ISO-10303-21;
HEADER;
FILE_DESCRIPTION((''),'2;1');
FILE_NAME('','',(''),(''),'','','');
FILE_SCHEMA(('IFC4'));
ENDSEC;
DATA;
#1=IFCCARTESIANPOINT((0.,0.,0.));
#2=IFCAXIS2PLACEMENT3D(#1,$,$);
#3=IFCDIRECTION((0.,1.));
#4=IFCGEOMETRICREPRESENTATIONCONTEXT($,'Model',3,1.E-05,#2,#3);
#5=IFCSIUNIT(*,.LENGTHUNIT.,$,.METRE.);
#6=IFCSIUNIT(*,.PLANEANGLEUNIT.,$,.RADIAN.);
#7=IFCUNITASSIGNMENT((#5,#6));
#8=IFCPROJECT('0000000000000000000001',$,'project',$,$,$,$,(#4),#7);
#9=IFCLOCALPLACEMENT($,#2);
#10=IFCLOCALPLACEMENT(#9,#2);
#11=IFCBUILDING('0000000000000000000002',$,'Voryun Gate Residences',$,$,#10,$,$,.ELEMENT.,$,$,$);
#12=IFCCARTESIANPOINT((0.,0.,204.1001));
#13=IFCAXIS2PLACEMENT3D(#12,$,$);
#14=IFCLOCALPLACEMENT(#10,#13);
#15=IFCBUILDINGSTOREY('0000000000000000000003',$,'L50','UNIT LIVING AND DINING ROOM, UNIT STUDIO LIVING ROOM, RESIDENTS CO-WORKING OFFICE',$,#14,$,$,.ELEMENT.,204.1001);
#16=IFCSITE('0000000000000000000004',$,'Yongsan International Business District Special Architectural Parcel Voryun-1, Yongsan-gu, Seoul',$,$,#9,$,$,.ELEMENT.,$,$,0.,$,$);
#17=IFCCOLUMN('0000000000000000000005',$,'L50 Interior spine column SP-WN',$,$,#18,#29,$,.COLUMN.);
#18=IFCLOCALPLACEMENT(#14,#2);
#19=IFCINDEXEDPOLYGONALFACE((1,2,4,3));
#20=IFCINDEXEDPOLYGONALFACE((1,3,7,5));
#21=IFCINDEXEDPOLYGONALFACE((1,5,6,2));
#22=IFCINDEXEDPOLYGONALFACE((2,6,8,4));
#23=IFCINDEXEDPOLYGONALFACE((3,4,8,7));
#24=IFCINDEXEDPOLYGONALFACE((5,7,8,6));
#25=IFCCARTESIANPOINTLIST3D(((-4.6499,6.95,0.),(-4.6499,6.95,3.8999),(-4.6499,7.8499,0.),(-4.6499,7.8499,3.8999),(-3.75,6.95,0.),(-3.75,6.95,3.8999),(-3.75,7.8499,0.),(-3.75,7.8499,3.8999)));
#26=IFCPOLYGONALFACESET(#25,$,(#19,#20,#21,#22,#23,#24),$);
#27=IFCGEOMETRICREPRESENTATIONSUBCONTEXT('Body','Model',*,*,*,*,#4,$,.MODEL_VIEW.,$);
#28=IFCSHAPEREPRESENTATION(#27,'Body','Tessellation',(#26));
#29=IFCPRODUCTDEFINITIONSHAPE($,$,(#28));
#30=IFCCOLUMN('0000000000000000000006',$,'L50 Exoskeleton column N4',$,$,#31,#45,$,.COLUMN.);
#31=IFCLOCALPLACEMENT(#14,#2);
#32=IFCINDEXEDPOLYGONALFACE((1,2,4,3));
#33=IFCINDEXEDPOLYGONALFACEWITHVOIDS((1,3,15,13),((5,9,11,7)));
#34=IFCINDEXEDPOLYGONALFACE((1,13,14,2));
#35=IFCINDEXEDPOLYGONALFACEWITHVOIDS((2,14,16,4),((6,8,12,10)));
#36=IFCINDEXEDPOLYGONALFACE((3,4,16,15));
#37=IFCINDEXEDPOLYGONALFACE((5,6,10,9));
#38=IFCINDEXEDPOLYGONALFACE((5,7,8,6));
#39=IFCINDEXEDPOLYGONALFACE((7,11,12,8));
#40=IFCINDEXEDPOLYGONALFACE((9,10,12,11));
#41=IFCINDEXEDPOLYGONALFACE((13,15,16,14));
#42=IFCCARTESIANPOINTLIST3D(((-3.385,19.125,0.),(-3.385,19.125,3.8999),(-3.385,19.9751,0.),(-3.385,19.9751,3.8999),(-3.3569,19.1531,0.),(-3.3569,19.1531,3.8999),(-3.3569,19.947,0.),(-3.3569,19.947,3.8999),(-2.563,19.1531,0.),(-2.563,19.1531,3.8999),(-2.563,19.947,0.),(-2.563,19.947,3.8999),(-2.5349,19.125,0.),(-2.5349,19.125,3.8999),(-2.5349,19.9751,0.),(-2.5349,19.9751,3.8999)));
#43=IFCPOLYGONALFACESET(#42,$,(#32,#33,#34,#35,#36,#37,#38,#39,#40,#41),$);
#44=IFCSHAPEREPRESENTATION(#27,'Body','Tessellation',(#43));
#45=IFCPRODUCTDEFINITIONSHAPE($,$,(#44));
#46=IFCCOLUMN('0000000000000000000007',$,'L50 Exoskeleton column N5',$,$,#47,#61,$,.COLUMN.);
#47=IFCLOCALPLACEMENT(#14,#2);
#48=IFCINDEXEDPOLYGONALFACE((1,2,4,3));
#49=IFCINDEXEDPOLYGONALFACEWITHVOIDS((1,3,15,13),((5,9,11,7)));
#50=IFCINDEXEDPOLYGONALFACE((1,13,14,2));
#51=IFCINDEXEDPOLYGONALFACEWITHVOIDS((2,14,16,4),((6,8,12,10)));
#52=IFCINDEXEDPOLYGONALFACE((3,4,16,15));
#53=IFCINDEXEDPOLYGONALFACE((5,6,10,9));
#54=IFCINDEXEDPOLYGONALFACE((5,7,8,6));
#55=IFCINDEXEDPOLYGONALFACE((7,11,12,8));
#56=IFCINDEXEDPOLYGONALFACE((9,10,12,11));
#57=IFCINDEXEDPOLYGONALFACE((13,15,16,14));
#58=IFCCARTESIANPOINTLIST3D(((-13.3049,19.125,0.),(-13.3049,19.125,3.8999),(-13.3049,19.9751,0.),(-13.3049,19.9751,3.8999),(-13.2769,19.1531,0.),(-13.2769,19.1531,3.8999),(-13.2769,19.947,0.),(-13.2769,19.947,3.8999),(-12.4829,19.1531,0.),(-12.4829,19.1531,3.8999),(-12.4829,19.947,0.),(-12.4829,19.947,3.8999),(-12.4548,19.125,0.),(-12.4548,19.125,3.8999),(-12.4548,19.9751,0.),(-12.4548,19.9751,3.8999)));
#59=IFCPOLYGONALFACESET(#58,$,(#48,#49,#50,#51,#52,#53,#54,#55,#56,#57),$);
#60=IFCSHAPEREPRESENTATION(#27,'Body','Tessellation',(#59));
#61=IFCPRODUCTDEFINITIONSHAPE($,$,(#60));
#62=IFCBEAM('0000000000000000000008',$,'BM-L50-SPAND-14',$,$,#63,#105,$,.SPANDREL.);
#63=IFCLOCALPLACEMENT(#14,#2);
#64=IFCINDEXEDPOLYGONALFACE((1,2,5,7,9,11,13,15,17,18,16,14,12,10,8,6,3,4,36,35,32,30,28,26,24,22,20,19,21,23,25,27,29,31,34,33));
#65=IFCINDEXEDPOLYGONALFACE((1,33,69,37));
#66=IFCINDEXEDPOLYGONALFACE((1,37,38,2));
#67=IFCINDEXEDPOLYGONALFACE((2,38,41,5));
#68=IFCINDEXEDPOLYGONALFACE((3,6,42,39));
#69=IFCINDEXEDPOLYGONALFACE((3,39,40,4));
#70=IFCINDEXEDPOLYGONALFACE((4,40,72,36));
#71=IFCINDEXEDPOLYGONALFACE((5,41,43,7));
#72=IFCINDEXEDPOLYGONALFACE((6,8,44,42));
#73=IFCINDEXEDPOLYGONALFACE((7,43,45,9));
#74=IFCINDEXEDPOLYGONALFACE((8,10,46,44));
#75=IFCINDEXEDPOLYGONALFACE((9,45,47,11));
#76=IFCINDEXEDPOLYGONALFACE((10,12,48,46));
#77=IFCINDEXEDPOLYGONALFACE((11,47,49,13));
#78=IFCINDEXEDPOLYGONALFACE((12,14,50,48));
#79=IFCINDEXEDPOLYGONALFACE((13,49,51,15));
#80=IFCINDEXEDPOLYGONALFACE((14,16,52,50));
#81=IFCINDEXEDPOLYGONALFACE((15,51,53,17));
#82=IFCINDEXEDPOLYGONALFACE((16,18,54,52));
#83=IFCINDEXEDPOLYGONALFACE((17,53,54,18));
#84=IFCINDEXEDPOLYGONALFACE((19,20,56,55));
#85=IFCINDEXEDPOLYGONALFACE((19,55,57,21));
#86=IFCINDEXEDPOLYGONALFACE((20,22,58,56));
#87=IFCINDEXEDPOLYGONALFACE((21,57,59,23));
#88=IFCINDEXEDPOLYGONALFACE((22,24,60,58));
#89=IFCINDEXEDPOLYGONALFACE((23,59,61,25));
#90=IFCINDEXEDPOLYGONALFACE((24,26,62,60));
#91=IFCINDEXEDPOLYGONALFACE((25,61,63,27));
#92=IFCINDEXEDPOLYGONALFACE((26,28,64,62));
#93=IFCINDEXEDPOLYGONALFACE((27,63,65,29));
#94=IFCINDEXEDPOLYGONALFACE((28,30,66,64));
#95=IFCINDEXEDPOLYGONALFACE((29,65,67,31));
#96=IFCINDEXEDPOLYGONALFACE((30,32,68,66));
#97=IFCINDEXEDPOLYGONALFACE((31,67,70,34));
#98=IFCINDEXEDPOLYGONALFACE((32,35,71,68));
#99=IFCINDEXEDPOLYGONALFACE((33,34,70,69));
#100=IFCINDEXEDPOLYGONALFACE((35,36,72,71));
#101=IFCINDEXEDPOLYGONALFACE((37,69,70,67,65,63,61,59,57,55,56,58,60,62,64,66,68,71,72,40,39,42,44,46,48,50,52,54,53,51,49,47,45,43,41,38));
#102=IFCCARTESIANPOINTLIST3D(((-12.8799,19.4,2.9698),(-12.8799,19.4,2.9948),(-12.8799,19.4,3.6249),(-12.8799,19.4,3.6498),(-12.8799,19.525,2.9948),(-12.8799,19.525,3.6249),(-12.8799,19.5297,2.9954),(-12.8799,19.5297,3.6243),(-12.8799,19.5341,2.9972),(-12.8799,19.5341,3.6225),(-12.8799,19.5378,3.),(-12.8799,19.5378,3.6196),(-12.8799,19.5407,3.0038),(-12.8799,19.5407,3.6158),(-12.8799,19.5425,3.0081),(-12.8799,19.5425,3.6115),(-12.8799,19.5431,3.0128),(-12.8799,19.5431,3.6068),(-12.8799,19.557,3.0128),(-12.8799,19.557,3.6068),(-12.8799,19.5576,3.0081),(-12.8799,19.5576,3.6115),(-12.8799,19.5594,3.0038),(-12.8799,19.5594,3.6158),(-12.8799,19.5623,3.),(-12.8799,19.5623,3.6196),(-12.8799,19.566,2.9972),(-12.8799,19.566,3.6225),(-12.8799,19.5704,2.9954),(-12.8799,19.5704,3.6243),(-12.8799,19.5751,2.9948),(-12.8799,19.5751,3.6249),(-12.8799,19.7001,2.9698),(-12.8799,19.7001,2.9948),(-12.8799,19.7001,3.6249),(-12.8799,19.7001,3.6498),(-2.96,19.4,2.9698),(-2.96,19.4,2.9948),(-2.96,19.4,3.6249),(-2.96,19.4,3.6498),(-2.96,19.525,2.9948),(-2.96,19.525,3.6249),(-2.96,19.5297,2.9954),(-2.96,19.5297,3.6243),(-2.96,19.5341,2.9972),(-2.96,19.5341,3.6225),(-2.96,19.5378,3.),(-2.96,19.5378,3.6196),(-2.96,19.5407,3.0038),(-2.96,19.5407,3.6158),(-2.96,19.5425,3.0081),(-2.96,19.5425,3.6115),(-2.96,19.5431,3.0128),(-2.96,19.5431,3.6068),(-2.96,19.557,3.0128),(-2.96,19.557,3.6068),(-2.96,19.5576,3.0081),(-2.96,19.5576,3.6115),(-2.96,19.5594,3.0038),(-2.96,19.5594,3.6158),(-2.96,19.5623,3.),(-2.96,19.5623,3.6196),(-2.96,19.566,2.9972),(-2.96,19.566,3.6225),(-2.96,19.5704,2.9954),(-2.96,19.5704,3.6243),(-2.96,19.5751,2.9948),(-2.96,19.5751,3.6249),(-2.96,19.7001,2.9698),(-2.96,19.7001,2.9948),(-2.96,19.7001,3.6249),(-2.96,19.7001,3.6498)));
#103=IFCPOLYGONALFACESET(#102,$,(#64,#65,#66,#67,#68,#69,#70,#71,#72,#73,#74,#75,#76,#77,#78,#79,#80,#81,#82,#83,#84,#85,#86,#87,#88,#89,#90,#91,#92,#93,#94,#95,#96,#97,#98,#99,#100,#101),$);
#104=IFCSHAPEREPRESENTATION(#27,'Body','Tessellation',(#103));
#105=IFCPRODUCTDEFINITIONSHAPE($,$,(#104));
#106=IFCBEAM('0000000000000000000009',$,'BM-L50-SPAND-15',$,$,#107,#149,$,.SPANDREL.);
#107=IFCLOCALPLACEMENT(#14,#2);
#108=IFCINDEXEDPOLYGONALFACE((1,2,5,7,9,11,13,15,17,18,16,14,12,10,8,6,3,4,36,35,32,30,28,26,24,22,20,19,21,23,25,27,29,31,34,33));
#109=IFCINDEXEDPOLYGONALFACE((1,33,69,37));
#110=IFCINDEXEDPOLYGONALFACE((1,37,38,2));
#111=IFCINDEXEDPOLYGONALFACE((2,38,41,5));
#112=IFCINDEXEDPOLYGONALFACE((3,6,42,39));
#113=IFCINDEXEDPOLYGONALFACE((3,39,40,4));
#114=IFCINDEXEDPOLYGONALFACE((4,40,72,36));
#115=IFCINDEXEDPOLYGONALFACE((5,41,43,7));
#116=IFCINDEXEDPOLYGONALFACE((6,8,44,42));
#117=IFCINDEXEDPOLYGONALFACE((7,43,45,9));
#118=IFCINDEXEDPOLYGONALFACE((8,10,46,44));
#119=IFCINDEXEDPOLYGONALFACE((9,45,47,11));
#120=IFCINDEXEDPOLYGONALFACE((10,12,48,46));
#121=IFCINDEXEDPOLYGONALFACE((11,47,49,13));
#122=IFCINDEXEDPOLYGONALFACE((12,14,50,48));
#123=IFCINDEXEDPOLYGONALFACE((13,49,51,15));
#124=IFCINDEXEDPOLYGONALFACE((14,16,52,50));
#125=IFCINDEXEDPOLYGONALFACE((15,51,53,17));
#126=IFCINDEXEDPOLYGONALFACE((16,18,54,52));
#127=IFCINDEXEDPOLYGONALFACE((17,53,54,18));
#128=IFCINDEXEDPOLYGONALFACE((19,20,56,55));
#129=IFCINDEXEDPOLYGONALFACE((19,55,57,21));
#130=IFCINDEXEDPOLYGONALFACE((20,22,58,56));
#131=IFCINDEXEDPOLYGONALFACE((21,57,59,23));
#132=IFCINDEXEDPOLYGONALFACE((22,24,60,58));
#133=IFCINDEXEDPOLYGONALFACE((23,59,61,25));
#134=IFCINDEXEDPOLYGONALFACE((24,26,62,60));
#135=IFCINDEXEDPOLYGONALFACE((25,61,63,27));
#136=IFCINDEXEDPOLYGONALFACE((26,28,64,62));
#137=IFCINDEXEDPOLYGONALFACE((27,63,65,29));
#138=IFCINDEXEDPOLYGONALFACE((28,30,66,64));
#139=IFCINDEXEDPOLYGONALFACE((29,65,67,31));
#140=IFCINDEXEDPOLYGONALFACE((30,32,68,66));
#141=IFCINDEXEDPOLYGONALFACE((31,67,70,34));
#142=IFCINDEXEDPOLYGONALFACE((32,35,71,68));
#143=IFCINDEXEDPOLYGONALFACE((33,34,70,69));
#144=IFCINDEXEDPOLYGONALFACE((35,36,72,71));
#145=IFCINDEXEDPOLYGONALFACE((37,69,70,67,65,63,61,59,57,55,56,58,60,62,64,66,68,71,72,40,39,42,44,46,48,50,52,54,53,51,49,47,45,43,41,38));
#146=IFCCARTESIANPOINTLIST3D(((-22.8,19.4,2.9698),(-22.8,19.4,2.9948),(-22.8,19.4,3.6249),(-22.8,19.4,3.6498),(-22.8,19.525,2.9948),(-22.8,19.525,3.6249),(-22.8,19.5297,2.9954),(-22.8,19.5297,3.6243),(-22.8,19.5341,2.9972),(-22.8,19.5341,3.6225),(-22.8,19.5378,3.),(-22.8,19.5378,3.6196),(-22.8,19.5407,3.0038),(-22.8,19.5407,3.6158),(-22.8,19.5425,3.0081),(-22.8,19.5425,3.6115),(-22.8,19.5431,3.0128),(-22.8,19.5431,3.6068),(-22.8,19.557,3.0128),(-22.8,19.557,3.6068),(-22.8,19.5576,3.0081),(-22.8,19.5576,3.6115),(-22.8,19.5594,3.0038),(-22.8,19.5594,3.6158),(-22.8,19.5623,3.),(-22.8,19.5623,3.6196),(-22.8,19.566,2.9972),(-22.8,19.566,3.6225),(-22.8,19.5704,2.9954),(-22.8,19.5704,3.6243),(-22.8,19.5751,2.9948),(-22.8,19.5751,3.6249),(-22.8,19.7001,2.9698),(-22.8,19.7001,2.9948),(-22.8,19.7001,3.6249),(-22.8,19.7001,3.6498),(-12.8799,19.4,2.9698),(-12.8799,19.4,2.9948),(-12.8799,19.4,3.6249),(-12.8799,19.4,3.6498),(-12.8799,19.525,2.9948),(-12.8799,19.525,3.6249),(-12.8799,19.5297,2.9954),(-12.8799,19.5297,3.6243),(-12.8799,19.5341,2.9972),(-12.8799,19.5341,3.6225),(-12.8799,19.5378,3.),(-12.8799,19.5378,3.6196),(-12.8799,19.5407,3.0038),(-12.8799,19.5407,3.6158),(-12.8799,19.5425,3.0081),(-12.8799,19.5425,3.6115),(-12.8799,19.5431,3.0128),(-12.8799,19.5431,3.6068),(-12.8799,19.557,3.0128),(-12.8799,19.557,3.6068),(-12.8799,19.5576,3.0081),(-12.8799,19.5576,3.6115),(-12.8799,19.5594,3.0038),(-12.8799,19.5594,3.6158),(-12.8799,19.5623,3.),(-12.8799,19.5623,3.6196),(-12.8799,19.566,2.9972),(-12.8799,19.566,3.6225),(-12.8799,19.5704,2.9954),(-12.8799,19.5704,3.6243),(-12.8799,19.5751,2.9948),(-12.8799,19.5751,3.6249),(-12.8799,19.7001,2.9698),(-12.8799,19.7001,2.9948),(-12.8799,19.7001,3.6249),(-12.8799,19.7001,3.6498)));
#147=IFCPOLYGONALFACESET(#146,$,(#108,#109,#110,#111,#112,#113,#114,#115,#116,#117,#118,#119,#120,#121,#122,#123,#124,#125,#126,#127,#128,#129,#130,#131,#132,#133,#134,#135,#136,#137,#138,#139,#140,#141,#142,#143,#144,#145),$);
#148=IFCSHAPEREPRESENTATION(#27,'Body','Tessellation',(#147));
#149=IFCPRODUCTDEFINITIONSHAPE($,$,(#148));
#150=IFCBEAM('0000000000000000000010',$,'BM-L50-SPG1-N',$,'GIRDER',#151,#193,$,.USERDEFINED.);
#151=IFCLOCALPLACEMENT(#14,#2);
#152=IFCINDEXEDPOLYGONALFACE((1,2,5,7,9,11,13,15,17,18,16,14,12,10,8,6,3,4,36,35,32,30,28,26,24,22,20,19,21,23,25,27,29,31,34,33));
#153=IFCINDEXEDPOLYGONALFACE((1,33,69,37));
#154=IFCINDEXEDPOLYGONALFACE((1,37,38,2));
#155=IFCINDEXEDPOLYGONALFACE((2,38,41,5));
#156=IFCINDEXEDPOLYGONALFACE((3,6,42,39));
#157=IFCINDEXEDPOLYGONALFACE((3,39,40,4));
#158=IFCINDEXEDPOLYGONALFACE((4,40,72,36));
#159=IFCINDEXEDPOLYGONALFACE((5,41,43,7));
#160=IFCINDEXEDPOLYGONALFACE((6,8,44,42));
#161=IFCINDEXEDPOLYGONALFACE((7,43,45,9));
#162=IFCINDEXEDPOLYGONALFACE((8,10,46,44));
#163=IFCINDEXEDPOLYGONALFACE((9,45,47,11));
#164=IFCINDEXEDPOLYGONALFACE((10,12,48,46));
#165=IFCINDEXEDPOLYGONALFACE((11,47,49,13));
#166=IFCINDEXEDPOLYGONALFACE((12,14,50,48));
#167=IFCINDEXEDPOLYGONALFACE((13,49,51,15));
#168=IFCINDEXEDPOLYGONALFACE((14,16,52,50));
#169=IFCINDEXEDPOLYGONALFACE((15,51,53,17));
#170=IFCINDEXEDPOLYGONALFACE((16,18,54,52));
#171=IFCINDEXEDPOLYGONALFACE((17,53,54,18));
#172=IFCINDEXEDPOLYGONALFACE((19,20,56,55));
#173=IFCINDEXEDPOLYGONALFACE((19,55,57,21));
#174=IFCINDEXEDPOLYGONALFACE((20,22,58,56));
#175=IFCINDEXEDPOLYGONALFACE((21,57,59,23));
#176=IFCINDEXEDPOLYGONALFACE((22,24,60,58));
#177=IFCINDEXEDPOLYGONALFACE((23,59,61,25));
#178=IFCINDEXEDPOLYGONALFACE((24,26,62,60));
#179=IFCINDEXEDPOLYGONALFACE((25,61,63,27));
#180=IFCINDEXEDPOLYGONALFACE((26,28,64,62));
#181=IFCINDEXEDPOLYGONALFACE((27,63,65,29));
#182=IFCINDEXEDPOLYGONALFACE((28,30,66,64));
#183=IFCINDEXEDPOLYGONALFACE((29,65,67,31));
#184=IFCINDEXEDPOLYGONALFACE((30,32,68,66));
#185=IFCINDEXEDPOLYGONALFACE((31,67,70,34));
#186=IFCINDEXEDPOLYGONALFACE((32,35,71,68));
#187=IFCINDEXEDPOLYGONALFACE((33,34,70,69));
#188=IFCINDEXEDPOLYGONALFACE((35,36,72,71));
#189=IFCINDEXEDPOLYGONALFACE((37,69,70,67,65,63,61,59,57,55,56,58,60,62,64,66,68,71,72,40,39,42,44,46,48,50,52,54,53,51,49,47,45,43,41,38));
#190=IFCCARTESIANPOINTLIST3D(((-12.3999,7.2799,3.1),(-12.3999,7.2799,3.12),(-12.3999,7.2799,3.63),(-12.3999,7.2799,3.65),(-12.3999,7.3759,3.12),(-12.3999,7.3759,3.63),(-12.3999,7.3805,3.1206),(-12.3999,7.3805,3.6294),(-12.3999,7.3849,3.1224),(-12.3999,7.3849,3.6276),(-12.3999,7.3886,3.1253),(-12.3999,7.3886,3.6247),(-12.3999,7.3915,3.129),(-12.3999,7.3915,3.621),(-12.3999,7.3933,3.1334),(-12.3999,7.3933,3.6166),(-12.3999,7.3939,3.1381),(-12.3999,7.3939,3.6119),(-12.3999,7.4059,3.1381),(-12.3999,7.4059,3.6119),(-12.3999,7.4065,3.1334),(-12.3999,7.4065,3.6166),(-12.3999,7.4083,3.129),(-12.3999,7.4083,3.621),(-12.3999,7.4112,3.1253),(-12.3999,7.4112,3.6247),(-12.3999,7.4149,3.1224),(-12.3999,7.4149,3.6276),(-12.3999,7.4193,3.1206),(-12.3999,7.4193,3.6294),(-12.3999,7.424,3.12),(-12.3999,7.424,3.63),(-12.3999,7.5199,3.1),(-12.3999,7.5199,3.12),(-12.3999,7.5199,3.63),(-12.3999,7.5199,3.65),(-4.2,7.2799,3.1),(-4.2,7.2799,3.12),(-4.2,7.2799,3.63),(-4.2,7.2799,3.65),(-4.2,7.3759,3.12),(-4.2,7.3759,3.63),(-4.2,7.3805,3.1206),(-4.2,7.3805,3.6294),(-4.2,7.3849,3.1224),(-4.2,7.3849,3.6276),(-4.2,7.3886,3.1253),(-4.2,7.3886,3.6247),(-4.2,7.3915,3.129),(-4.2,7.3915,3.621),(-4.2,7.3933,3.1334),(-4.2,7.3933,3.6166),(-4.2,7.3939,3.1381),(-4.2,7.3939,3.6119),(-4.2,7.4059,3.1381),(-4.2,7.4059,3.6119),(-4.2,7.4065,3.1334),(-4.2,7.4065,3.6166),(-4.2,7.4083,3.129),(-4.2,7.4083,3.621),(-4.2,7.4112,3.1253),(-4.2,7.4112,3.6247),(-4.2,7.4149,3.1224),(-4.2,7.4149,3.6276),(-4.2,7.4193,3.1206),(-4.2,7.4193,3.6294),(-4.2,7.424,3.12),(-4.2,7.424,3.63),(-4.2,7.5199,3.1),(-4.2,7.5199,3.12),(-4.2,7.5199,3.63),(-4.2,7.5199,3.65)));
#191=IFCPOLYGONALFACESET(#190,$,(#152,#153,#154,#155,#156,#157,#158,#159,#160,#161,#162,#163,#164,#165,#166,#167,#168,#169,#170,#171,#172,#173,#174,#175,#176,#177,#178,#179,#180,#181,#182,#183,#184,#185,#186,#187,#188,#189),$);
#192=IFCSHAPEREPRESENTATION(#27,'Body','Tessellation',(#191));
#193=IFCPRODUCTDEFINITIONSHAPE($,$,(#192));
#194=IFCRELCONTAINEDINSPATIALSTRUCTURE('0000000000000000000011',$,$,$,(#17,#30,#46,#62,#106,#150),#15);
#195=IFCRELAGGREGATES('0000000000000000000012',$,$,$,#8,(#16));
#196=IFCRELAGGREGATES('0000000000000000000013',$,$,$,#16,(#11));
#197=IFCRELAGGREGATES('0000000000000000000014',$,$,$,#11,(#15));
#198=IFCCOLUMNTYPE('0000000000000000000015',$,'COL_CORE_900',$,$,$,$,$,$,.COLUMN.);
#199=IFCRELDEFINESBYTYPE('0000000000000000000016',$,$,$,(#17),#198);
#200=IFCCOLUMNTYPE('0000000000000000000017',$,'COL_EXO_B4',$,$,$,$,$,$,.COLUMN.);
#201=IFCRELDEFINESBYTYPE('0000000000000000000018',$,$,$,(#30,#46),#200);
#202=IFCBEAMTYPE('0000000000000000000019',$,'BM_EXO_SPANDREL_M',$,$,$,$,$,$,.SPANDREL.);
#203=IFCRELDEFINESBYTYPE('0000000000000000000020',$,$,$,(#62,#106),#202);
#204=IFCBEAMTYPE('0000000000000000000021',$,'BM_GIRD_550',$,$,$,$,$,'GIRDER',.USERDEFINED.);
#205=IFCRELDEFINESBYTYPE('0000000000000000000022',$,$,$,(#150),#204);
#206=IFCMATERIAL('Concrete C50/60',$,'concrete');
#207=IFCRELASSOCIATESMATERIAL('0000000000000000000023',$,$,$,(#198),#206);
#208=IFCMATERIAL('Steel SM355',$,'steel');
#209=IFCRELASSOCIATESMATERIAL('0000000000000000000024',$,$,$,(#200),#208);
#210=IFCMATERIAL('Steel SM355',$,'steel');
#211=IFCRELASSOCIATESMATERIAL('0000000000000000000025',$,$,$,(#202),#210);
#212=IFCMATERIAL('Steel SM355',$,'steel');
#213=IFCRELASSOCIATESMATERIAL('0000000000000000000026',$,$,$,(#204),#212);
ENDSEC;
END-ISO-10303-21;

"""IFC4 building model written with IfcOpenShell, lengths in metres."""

from ifc_helpers import new_model, si_unit, direction, frame, origin, origin_2d, place, context, subcontext, project, spatial, rectangle, hollow_rectangle, i_section, extrude, material, material_profile, profile_set, type_object, element, save


model = new_model("IFC4")

# Units and contexts
model_context = context("Model", 3, precision=1e-05, world=origin(), true_north=direction((0.0, 1.0)))
body_context = subcontext(model_context, "Body", "Model", "MODEL_VIEW")
ifc_project = project(units=[si_unit("LENGTHUNIT", "METRE"), si_unit("PLANEANGLEUNIT", "RADIAN")], contexts=[model_context])

# Site, building, storey
site_placement = place(None, origin())
site = spatial("IfcSite", under=ifc_project, at=site_placement, Name="Yongsan International Business District Special Architectural Parcel Voryun-1, Yongsan-gu, Seoul", CompositionType="ELEMENT", RefElevation=0.0)
building_placement = place(site_placement, origin())
building = spatial("IfcBuilding", under=site, at=building_placement, Name="Voryun Gate Residences", CompositionType="ELEMENT")
storey_placement = place(building_placement, frame((0.0, 0.0, 204.1001)))
storey = spatial("IfcBuildingStorey", under=building, at=storey_placement, Name="L50", Description="UNIT LIVING AND DINING ROOM, UNIT STUDIO LIVING ROOM, RESIDENTS CO-WORKING OFFICE", CompositionType="ELEMENT", Elevation=204.1001)

# Columns
ifc_material_1 = material(Name="Concrete C50/60", Category="concrete")
ifc_material_profile_1 = material_profile(ifc_material_1, rectangle(XDim=0.8999, YDim=0.8999, at=origin_2d()), Name="RC-900x900")
ifc_profile_set_1 = profile_set([ifc_material_profile_1], Name="Concrete C50/60")
column_type_1 = type_object("IfcColumnType", Name="COL_CORE_900", PredefinedType="COLUMN", material=ifc_profile_set_1)
column_placement = place(storey_placement, frame((-4.2, 7.3999, 0.0), z_axis=(0.0, 0.0, 1.0), x_axis=(1.0, 0.0, 0.0)))
element("IfcColumn", 1, at=column_placement, inside=storey, type_object=column_type_1, Name="L50 Interior spine column SP-WN", PredefinedType="COLUMN", context=body_context, shape_type="SweptSolid", body=[
    extrude(rectangle(XDim=0.8999, YDim=0.8999, at=origin_2d()), origin(), (0.0, 0.0, 1.0), 3.8999),
])
ifc_material_2 = material(Name="Steel SM355", Category="steel")
ifc_material_profile_2 = material_profile(ifc_material_2, hollow_rectangle(XDim=0.8501, YDim=0.8501, WallThickness=0.0281, at=origin_2d()), Name="BOX-850x850x28")
ifc_profile_set_2 = profile_set([ifc_material_profile_2], Name="Steel SM355")
column_type_2 = type_object("IfcColumnType", Name="COL_EXO_B4", PredefinedType="COLUMN", material=ifc_profile_set_2)
for number, where, z_axis, x_axis, name in (
    (2, (-2.96, 19.55, 0.0), (0.0, 0.0, 1.0), (1.0, 0.0, 0.0), "L50 Exoskeleton column N4"),
    (3, (-12.8799, 19.55, 0.0), (0.0, 0.0, 1.0), (1.0, 0.0, 0.0), "L50 Exoskeleton column N5"),
):
    element("IfcColumn", number, at=place(storey_placement, frame(where, z_axis=z_axis, x_axis=x_axis)), inside=storey, type_object=column_type_2, Name=name, PredefinedType="COLUMN", context=body_context, shape_type="SweptSolid", body=[
        extrude(hollow_rectangle(XDim=0.8501, YDim=0.8501, WallThickness=0.0281, at=origin_2d()), origin(), (0.0, 0.0, 1.0), 3.8999),
    ])

# Beams
ifc_material_3 = material(Name="Steel SM355", Category="steel")
ifc_material_profile_3 = material_profile(ifc_material_3, i_section(OverallWidth=0.3, OverallDepth=0.6799, WebThickness=0.0139, FlangeThickness=0.0249, FilletRadius=0.0181, at=origin_2d()), Name="H-680x300x14x25")
ifc_profile_set_3 = profile_set([ifc_material_profile_3], Name="Steel SM355")
beam_type_1 = type_object("IfcBeamType", Name="BM_EXO_SPANDREL_M", PredefinedType="SPANDREL", material=ifc_profile_set_3)
beam_1_placement = place(storey_placement, frame((-2.96, 19.55, 3.3098), z_axis=(-1.0, 0.0, 0.0), x_axis=(0.0, -1.0, 0.0)))
element("IfcBeam", 4, at=beam_1_placement, inside=storey, type_object=beam_type_1, Name="BM-L50-SPAND-14", PredefinedType="SPANDREL", context=body_context, shape_type="SweptSolid", body=[
    extrude(i_section(OverallWidth=0.3, OverallDepth=0.6799, WebThickness=0.0139, FlangeThickness=0.0249, FilletRadius=0.0181, at=origin_2d()), origin(), (0.0, 0.0, 1.0), 9.9199),
])
beam_2_placement = place(storey_placement, frame((-12.8799, 19.55, 3.3098), z_axis=(-1.0, 0.0, 0.0), x_axis=(0.0, -1.0, 0.0)))
element("IfcBeam", 5, at=beam_2_placement, inside=storey, type_object=beam_type_1, Name="BM-L50-SPAND-15", PredefinedType="SPANDREL", context=body_context, shape_type="SweptSolid", body=[
    extrude(i_section(OverallWidth=0.3, OverallDepth=0.6799, WebThickness=0.0139, FlangeThickness=0.0249, FilletRadius=0.0181, at=origin_2d()), origin(), (0.0, 0.0, 1.0), 9.9202),
])
ifc_material_4 = material(Name="Steel SM355", Category="steel")
ifc_material_profile_4 = material_profile(ifc_material_4, i_section(OverallWidth=0.24, OverallDepth=0.55, WebThickness=0.012, FlangeThickness=0.02, FilletRadius=0.0181, at=origin_2d()), Name="H-550x240x12x20")
ifc_profile_set_4 = profile_set([ifc_material_profile_4], Name="Steel SM355")
beam_type_2 = type_object("IfcBeamType", Name="BM_GIRD_550", ElementType="GIRDER", PredefinedType="USERDEFINED", material=ifc_profile_set_4)
beam_3_placement = place(storey_placement, frame((-12.3999, 7.3999, 3.375), z_axis=(1.0, 0.0, 0.0), x_axis=(0.0, 1.0, 0.0)))
element("IfcBeam", 6, at=beam_3_placement, inside=storey, type_object=beam_type_2, Name="BM-L50-SPG1-N", ObjectType="GIRDER", PredefinedType="USERDEFINED", context=body_context, shape_type="SweptSolid", body=[
    extrude(i_section(OverallWidth=0.24, OverallDepth=0.55, WebThickness=0.012, FlangeThickness=0.02, FilletRadius=0.0181, at=origin_2d()), origin(), (0.0, 0.0, 1.0), 8.2),
])

save(model, "model.ifc")
